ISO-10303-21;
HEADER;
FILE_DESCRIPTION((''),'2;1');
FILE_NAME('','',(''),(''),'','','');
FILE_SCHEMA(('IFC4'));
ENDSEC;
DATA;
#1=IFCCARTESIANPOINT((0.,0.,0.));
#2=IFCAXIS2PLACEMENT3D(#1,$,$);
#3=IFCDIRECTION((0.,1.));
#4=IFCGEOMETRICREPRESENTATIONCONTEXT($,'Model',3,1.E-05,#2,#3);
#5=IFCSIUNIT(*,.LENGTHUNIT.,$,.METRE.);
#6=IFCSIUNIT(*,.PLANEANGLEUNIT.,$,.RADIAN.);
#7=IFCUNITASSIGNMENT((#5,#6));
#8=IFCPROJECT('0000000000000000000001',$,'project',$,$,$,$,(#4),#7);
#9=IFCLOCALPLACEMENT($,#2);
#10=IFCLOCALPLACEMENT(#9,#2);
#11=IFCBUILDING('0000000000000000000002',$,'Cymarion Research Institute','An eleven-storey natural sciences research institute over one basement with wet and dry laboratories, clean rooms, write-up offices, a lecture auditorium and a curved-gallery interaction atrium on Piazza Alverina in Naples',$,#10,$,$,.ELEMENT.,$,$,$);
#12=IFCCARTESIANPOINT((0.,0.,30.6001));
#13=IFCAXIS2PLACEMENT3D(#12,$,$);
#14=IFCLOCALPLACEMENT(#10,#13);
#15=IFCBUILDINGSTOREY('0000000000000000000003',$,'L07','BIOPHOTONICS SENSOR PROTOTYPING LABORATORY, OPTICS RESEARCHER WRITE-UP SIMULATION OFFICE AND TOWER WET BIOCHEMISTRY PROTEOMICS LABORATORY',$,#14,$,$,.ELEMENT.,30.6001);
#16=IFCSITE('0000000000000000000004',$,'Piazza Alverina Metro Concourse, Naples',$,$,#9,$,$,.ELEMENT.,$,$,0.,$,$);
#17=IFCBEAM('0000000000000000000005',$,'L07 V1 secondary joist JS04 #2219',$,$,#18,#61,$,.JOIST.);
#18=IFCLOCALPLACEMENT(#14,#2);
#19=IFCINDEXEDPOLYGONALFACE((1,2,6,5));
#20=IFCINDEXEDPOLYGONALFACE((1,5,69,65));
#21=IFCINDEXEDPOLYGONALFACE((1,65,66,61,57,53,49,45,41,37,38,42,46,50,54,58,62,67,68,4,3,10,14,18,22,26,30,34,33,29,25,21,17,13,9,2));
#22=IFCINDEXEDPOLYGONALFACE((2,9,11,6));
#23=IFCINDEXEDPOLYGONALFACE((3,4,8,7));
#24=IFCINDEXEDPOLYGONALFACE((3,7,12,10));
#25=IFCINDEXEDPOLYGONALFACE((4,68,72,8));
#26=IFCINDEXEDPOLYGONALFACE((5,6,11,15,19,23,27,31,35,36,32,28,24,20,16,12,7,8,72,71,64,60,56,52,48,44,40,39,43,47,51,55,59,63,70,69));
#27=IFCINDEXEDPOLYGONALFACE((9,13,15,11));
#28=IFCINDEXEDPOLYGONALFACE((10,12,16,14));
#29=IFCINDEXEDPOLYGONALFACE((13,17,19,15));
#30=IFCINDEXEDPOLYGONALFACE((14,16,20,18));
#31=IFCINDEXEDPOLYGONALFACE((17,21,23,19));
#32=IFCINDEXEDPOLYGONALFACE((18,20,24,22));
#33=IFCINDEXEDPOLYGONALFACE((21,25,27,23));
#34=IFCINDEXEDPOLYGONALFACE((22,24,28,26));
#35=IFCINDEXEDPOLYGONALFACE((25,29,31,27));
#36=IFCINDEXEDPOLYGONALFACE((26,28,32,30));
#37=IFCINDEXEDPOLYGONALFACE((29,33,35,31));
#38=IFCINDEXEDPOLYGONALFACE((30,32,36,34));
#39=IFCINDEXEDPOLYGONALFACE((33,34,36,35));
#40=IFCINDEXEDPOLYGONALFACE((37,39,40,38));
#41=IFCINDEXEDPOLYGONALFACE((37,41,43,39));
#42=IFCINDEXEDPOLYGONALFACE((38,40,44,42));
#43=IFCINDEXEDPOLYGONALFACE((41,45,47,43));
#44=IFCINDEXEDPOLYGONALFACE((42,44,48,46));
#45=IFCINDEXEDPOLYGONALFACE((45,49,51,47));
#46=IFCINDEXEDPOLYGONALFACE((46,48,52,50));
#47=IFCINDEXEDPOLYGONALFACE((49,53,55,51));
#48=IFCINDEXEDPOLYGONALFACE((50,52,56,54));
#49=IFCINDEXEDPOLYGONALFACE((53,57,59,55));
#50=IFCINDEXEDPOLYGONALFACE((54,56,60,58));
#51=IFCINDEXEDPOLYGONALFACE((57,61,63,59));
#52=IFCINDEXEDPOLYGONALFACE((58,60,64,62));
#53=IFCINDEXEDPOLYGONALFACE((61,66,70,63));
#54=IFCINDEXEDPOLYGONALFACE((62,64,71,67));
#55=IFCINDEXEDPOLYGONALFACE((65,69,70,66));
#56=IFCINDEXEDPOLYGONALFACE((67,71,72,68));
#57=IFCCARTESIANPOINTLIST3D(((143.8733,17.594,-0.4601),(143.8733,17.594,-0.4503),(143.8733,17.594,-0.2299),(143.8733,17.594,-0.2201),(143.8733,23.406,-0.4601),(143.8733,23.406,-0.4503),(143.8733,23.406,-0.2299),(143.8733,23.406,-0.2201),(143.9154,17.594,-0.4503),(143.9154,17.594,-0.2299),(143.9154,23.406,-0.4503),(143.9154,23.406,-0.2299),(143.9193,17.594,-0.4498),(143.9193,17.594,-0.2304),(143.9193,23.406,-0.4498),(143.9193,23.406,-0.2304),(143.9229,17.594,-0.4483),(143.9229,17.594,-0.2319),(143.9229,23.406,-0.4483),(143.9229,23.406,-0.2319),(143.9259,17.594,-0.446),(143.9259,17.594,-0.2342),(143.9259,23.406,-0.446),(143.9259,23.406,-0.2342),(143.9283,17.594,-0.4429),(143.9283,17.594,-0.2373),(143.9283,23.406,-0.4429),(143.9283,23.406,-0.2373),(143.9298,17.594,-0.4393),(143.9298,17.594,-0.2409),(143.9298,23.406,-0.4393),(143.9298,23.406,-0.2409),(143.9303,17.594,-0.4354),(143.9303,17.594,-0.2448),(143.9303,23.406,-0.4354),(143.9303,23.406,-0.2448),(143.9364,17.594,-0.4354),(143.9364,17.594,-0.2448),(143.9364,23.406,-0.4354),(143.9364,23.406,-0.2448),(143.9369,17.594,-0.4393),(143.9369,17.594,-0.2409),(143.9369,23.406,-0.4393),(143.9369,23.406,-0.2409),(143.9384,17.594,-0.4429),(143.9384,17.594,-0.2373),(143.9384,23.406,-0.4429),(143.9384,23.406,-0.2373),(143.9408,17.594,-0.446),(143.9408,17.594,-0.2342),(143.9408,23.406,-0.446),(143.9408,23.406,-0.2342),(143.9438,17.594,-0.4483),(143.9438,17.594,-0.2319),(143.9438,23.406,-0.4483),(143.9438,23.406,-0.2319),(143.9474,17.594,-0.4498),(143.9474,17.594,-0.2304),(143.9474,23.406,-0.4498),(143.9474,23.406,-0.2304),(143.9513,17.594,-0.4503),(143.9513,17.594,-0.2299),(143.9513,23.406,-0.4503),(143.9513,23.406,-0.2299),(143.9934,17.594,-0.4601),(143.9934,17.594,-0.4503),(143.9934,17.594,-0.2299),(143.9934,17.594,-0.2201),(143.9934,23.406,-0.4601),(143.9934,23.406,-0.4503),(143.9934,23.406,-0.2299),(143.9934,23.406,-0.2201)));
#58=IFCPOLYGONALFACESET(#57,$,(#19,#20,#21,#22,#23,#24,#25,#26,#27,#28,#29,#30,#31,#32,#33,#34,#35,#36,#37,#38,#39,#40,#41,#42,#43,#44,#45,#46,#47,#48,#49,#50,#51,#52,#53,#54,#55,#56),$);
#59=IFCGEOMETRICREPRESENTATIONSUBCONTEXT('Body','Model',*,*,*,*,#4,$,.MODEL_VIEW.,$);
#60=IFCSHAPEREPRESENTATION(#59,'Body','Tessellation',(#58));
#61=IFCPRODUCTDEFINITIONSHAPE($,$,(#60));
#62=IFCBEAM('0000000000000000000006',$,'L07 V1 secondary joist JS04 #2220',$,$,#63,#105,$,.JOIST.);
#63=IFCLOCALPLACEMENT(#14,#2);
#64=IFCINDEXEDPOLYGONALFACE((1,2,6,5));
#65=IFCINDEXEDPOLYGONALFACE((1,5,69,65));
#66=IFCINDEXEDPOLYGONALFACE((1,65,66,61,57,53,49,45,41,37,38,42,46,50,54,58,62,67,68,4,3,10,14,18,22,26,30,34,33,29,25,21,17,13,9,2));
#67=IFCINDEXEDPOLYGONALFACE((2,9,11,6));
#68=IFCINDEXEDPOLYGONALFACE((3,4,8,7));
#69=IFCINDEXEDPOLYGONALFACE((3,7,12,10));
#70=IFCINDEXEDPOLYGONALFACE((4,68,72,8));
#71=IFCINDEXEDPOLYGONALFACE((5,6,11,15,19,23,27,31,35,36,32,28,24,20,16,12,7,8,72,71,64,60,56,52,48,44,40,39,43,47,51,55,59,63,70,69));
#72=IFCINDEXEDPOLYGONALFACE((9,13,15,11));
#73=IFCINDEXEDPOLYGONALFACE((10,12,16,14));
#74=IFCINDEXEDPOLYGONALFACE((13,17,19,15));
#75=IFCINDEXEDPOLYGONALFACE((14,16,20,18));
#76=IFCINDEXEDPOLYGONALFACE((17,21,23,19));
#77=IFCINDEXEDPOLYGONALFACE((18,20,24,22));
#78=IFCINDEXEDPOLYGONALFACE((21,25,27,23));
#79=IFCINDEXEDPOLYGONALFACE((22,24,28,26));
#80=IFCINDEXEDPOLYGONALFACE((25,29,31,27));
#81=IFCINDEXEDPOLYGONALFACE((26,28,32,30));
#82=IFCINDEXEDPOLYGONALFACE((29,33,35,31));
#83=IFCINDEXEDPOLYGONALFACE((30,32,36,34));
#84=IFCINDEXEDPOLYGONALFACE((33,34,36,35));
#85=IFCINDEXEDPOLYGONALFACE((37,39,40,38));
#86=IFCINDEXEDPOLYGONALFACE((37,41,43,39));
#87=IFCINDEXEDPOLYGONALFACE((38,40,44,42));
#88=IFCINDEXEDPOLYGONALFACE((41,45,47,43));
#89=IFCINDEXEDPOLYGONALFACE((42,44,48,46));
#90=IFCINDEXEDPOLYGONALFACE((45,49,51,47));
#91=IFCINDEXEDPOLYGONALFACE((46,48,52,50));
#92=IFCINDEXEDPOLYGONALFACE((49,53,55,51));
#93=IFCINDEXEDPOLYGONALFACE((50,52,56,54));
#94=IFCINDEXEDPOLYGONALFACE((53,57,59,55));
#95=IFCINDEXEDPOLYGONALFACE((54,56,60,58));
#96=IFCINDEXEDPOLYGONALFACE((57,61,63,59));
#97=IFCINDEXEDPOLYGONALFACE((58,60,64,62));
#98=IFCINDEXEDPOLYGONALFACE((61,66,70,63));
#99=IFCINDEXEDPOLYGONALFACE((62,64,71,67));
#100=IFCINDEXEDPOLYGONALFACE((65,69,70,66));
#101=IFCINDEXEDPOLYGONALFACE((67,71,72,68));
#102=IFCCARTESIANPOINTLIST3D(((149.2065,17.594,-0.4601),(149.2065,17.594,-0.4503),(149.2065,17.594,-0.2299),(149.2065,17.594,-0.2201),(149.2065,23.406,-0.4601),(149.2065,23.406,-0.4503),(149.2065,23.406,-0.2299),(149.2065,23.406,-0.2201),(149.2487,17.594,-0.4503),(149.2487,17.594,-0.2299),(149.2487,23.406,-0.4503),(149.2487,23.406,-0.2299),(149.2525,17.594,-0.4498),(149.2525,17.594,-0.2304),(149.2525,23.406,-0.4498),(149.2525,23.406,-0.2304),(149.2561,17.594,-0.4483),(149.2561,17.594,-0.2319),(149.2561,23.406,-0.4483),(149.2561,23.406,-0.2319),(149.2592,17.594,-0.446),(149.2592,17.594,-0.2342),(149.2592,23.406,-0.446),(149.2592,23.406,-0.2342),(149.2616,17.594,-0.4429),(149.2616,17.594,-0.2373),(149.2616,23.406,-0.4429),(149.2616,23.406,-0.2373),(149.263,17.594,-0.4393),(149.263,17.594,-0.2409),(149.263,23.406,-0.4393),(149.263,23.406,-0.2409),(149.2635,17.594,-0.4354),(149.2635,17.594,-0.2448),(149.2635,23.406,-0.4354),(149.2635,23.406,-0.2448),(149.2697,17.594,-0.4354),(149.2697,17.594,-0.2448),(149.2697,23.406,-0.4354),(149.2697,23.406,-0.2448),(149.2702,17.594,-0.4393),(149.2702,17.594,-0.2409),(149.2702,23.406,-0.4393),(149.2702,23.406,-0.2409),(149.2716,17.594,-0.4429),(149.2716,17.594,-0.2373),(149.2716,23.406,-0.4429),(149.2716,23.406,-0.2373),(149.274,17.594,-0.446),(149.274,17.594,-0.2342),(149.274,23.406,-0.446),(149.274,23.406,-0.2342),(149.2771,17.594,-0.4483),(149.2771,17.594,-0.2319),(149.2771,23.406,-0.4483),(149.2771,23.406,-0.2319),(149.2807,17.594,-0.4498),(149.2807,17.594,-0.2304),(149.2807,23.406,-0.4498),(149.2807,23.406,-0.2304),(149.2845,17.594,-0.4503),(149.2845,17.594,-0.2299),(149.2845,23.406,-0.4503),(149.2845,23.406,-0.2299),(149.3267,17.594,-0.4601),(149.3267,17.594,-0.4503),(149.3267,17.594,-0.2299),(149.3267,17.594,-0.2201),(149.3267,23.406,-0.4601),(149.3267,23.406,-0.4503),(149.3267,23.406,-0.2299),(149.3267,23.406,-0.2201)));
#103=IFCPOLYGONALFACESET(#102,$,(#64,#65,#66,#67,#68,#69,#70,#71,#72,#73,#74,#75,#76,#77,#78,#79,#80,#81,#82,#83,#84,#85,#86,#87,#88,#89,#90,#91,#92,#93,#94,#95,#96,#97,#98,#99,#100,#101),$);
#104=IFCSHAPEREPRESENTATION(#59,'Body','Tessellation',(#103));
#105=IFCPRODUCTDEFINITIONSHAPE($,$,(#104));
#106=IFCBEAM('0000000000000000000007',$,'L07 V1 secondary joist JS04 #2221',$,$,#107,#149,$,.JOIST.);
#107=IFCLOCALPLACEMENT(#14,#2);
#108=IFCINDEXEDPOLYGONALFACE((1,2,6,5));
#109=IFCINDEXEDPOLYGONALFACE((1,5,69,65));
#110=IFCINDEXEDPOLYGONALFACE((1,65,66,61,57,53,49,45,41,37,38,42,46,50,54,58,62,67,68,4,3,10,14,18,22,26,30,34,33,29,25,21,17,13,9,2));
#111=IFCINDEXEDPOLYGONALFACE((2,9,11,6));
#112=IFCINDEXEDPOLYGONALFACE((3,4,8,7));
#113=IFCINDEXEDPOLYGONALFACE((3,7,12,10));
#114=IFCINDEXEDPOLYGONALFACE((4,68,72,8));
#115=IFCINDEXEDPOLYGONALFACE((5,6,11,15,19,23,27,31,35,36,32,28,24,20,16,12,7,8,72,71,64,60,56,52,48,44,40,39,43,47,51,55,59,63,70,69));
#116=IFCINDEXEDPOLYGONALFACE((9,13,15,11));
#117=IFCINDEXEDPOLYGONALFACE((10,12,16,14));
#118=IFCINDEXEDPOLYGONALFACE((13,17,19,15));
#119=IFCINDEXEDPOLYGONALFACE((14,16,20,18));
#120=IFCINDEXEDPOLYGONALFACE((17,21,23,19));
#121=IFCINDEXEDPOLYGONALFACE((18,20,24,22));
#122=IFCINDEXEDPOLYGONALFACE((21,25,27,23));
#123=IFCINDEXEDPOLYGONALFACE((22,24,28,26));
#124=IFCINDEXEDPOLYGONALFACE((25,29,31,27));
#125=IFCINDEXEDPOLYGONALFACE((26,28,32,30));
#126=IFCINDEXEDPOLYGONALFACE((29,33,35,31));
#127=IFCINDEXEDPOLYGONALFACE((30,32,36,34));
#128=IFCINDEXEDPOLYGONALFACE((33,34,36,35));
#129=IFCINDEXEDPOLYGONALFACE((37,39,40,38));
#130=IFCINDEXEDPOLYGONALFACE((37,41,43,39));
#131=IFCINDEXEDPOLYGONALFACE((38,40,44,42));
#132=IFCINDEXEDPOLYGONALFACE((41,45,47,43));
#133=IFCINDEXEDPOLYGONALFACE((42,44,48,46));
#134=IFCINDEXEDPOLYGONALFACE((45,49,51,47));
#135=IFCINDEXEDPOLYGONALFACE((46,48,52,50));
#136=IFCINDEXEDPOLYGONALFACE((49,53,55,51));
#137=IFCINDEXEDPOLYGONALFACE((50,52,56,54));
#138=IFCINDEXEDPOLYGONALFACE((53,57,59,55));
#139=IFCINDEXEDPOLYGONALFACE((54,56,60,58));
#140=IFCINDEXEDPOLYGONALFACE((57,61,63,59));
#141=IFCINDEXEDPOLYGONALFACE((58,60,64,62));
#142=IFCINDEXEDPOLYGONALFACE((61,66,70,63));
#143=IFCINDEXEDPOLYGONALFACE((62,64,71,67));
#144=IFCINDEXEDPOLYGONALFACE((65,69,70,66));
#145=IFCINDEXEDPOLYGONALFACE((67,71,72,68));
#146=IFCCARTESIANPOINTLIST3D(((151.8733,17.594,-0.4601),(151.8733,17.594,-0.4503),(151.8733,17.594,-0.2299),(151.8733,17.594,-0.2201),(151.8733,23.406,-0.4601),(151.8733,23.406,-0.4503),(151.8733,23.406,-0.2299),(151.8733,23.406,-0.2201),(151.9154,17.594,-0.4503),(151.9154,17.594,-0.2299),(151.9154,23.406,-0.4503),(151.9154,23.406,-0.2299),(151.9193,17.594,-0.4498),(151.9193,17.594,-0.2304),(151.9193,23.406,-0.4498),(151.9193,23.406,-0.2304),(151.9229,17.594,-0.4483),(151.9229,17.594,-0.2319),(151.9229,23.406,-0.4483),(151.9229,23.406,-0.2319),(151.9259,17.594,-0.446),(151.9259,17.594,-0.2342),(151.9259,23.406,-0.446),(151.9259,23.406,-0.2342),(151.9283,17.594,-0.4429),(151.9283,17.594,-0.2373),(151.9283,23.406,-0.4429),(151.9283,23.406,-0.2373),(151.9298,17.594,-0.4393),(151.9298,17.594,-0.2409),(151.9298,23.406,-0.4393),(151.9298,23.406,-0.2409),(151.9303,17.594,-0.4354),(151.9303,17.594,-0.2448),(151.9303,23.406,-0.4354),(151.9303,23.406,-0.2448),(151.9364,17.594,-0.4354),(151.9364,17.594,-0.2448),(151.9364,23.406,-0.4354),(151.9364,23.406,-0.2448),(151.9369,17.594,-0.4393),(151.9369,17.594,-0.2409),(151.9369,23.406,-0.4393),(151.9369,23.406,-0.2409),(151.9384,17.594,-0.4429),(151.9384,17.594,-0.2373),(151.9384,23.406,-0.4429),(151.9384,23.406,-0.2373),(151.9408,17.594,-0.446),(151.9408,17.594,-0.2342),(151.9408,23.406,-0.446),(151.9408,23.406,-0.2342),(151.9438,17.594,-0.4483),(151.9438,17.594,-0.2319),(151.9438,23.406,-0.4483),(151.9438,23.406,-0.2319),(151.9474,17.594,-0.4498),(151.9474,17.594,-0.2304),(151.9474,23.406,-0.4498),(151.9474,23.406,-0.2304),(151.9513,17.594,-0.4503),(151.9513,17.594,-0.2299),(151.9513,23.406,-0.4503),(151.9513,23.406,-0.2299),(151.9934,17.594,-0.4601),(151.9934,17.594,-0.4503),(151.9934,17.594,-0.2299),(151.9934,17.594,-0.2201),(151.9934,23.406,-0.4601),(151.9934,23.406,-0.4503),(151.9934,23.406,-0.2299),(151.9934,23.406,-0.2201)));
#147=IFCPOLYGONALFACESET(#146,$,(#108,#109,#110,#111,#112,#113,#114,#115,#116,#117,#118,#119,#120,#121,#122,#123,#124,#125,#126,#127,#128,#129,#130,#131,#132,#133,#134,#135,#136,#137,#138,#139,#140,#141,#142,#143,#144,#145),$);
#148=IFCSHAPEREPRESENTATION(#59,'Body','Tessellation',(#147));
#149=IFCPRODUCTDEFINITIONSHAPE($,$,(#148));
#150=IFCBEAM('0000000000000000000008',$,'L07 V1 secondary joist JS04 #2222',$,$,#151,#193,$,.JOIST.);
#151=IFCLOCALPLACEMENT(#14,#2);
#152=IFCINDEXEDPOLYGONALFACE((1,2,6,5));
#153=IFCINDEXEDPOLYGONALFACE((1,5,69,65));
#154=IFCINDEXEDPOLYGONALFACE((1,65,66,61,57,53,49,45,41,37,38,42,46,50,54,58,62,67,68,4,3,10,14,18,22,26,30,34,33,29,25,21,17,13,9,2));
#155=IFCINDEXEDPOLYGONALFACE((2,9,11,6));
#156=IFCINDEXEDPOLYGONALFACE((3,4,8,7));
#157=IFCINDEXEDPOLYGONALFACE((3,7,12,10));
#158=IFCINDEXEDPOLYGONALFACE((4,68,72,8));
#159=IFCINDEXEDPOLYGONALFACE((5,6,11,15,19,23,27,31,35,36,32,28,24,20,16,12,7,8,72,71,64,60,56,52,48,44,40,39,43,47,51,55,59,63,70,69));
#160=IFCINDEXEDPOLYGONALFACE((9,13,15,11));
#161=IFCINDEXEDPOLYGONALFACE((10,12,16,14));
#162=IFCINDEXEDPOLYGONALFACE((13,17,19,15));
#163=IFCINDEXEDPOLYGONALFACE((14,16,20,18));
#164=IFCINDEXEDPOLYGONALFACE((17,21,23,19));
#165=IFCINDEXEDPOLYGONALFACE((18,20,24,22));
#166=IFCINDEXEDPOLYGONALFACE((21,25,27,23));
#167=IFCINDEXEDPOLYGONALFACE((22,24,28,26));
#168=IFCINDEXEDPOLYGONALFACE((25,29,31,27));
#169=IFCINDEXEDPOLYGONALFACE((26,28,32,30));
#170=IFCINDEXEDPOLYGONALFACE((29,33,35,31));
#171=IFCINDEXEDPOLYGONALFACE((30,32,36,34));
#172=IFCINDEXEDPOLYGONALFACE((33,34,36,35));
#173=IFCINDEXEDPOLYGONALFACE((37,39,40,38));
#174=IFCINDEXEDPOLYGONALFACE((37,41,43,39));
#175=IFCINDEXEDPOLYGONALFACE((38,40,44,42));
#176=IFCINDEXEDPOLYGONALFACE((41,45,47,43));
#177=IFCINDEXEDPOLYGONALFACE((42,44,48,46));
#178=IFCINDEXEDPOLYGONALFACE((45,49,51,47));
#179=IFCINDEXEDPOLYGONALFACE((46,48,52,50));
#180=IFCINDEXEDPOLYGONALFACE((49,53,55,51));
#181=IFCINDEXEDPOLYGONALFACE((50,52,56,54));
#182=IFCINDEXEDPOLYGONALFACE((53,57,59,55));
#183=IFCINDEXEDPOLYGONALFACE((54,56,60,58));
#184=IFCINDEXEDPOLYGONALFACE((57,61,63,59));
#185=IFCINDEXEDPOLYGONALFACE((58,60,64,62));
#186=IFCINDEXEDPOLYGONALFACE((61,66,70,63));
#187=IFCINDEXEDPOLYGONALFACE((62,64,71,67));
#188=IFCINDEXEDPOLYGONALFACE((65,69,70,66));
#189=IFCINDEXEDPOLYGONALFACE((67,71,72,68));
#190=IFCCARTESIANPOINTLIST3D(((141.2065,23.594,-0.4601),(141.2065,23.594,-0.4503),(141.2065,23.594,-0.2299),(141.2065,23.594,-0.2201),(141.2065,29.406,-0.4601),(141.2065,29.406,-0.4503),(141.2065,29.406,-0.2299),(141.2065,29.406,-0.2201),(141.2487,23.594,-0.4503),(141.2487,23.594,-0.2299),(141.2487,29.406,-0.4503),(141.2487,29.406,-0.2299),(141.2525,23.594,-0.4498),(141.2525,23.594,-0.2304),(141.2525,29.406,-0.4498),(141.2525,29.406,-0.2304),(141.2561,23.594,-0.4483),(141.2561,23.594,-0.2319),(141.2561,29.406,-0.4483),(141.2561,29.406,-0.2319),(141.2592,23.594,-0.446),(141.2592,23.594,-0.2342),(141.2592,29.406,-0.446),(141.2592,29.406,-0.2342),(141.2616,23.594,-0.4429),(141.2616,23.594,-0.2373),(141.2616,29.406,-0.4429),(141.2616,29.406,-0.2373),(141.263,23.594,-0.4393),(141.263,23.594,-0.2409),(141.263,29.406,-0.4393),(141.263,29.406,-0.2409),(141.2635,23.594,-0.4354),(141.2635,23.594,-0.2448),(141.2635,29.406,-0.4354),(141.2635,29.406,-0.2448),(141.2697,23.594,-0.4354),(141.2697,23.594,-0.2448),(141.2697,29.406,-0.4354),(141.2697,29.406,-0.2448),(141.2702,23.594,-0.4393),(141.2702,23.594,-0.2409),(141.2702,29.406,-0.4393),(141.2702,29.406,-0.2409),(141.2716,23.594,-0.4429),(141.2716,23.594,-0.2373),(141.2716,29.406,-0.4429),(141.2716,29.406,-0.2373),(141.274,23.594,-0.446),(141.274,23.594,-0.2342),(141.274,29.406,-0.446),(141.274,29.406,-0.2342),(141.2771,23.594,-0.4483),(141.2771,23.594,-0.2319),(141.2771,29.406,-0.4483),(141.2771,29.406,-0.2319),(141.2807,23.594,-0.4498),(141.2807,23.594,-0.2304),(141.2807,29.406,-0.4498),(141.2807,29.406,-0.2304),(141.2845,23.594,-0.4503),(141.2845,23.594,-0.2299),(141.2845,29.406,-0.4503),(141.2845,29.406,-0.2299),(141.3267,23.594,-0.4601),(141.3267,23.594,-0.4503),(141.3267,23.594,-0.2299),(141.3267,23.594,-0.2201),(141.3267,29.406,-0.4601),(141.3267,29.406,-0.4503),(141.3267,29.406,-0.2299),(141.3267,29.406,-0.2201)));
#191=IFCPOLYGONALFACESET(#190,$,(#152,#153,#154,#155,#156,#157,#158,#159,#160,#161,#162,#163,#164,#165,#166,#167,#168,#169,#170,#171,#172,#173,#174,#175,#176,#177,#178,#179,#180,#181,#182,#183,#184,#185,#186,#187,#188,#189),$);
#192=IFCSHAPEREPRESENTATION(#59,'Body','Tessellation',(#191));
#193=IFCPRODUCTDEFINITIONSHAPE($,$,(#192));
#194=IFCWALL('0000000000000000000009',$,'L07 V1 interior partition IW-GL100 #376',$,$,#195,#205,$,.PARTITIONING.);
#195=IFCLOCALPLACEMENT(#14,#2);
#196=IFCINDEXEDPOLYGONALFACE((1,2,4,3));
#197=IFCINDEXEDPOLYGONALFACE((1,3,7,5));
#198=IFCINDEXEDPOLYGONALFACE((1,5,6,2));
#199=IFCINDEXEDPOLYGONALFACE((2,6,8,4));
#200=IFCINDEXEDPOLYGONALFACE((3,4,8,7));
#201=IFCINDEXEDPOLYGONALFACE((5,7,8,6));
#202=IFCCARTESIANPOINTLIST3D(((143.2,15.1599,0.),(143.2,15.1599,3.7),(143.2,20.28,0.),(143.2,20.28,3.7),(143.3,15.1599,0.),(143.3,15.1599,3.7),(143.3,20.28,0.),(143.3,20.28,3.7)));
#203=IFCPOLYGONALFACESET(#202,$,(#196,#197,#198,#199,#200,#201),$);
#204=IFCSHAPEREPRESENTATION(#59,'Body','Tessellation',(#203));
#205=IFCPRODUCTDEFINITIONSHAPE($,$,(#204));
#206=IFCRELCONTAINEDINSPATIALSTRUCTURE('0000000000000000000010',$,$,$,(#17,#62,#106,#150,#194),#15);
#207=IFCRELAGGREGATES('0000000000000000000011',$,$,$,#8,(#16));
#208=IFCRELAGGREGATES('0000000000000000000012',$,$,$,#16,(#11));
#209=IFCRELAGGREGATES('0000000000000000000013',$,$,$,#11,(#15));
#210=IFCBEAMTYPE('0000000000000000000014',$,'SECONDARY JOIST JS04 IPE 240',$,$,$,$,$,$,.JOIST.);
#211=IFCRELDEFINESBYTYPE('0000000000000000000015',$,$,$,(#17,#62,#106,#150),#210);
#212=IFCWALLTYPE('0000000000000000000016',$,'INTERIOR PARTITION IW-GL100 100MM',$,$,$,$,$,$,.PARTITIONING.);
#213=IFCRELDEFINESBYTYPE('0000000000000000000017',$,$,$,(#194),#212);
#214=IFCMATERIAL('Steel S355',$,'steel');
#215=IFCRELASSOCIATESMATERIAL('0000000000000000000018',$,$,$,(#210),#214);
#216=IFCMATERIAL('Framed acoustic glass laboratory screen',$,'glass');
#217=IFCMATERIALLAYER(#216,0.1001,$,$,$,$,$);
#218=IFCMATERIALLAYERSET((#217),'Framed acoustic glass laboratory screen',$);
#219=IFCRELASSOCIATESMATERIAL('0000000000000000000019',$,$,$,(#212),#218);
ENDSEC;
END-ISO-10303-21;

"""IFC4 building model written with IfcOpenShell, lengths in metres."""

from ifc_helpers import new_model, si_unit, direction, frame, frame_2d, origin, origin_2d, place, context, subcontext, project, spatial, rectangle, i_section, extrude, material, layer, layer_set, material_profile, profile_set, type_object, element, save


model = new_model("IFC4")

# Units and contexts
model_context = context("Model", 3, precision=1e-05, world=origin(), true_north=direction((0.0, 1.0)))
body_context = subcontext(model_context, "Body", "Model", "MODEL_VIEW")
ifc_project = project(units=[si_unit("LENGTHUNIT", "METRE"), si_unit("PLANEANGLEUNIT", "RADIAN")], contexts=[model_context])

# Site, building, storey
site_placement = place(None, origin())
site = spatial("IfcSite", under=ifc_project, at=site_placement, Name="Piazza Alverina Metro Concourse, Naples", CompositionType="ELEMENT", RefElevation=0.0)
building_placement = place(site_placement, origin())
building = spatial("IfcBuilding", under=site, at=building_placement, Name="Cymarion Research Institute", Description="An eleven-storey natural sciences research institute over one basement with wet and dry laboratories, clean rooms, write-up offices, a lecture auditorium and a curved-gallery interaction atrium on Piazza Alverina in Naples", CompositionType="ELEMENT")
storey_placement = place(building_placement, frame((0.0, 0.0, 30.6001)))
storey = spatial("IfcBuildingStorey", under=building, at=storey_placement, Name="L07", Description="BIOPHOTONICS SENSOR PROTOTYPING LABORATORY, OPTICS RESEARCHER WRITE-UP SIMULATION OFFICE AND TOWER WET BIOCHEMISTRY PROTEOMICS LABORATORY", CompositionType="ELEMENT", Elevation=30.6001)

# Shared definitions
ifc_material_1 = material(Name="Steel S355", Category="steel")

# Beams
ifc_material_profile_1 = material_profile(ifc_material_1, i_section(OverallWidth=0.1201, OverallDepth=0.24, WebThickness=0.0061, FlangeThickness=0.0098, FilletRadius=0.0149, at=origin_2d()), Name="IPE 240")
ifc_profile_set_1 = profile_set([ifc_material_profile_1], Name="Steel S355")
beam_type_1 = type_object("IfcBeamType", Name="SECONDARY JOIST JS04 IPE 240", PredefinedType="JOIST", material=ifc_profile_set_1)
for number, where, z_axis, x_axis, name in (
    (1, (143.9333, 17.594, -0.3401), (0.0, 1.0, 0.0), (-1.0, 0.0, 0.0), "L07 V1 secondary joist JS04 #2219"),
    (2, (149.2666, 17.594, -0.3401), (0.0, 1.0, 0.0), (-1.0, 0.0, 0.0), "L07 V1 secondary joist JS04 #2220"),
    (3, (151.9333, 17.594, -0.3401), (0.0, 1.0, 0.0), (-1.0, 0.0, 0.0), "L07 V1 secondary joist JS04 #2221"),
    (4, (141.2666, 23.594, -0.3401), (0.0, 1.0, 0.0), (-1.0, 0.0, 0.0), "L07 V1 secondary joist JS04 #2222"),
):
    element("IfcBeam", number, at=place(storey_placement, frame(where, z_axis=z_axis, x_axis=x_axis)), inside=storey, type_object=beam_type_1, Name=name, PredefinedType="JOIST", context=body_context, shape_type="SweptSolid", body=[
        extrude(i_section(OverallWidth=0.1201, OverallDepth=0.24, WebThickness=0.0061, FlangeThickness=0.0098, FilletRadius=0.0149, at=origin_2d()), origin(), (0.0, 0.0, 1.0), 5.812),
    ])

# Wall
ifc_material_2 = material(Name="Framed acoustic glass laboratory screen", Category="glass")
ifc_layer_1 = layer(ifc_material_2, 0.1001)
ifc_layer_set_1 = layer_set([ifc_layer_1], Name="Framed acoustic glass laboratory screen")
wall_type_1 = type_object("IfcWallType", Name="INTERIOR PARTITION IW-GL100 100MM", PredefinedType="PARTITIONING", material=ifc_layer_set_1)
wall_1_placement = place(storey_placement, frame((143.25, 15.1599, 0.0), z_axis=(0.0, 0.0, 1.0), x_axis=(0.0, 1.0, 0.0)))
element("IfcWall", 5, at=wall_1_placement, inside=storey, type_object=wall_type_1, Name="L07 V1 interior partition IW-GL100 #376", PredefinedType="PARTITIONING", context=body_context, shape_type="SweptSolid", body=[
    extrude(rectangle(XDim=5.1201, YDim=0.1001, at=frame_2d((2.5601, 0.0))), origin(), (0.0, 0.0, 1.0), 3.7),
])

save(model, "model.ifc")
